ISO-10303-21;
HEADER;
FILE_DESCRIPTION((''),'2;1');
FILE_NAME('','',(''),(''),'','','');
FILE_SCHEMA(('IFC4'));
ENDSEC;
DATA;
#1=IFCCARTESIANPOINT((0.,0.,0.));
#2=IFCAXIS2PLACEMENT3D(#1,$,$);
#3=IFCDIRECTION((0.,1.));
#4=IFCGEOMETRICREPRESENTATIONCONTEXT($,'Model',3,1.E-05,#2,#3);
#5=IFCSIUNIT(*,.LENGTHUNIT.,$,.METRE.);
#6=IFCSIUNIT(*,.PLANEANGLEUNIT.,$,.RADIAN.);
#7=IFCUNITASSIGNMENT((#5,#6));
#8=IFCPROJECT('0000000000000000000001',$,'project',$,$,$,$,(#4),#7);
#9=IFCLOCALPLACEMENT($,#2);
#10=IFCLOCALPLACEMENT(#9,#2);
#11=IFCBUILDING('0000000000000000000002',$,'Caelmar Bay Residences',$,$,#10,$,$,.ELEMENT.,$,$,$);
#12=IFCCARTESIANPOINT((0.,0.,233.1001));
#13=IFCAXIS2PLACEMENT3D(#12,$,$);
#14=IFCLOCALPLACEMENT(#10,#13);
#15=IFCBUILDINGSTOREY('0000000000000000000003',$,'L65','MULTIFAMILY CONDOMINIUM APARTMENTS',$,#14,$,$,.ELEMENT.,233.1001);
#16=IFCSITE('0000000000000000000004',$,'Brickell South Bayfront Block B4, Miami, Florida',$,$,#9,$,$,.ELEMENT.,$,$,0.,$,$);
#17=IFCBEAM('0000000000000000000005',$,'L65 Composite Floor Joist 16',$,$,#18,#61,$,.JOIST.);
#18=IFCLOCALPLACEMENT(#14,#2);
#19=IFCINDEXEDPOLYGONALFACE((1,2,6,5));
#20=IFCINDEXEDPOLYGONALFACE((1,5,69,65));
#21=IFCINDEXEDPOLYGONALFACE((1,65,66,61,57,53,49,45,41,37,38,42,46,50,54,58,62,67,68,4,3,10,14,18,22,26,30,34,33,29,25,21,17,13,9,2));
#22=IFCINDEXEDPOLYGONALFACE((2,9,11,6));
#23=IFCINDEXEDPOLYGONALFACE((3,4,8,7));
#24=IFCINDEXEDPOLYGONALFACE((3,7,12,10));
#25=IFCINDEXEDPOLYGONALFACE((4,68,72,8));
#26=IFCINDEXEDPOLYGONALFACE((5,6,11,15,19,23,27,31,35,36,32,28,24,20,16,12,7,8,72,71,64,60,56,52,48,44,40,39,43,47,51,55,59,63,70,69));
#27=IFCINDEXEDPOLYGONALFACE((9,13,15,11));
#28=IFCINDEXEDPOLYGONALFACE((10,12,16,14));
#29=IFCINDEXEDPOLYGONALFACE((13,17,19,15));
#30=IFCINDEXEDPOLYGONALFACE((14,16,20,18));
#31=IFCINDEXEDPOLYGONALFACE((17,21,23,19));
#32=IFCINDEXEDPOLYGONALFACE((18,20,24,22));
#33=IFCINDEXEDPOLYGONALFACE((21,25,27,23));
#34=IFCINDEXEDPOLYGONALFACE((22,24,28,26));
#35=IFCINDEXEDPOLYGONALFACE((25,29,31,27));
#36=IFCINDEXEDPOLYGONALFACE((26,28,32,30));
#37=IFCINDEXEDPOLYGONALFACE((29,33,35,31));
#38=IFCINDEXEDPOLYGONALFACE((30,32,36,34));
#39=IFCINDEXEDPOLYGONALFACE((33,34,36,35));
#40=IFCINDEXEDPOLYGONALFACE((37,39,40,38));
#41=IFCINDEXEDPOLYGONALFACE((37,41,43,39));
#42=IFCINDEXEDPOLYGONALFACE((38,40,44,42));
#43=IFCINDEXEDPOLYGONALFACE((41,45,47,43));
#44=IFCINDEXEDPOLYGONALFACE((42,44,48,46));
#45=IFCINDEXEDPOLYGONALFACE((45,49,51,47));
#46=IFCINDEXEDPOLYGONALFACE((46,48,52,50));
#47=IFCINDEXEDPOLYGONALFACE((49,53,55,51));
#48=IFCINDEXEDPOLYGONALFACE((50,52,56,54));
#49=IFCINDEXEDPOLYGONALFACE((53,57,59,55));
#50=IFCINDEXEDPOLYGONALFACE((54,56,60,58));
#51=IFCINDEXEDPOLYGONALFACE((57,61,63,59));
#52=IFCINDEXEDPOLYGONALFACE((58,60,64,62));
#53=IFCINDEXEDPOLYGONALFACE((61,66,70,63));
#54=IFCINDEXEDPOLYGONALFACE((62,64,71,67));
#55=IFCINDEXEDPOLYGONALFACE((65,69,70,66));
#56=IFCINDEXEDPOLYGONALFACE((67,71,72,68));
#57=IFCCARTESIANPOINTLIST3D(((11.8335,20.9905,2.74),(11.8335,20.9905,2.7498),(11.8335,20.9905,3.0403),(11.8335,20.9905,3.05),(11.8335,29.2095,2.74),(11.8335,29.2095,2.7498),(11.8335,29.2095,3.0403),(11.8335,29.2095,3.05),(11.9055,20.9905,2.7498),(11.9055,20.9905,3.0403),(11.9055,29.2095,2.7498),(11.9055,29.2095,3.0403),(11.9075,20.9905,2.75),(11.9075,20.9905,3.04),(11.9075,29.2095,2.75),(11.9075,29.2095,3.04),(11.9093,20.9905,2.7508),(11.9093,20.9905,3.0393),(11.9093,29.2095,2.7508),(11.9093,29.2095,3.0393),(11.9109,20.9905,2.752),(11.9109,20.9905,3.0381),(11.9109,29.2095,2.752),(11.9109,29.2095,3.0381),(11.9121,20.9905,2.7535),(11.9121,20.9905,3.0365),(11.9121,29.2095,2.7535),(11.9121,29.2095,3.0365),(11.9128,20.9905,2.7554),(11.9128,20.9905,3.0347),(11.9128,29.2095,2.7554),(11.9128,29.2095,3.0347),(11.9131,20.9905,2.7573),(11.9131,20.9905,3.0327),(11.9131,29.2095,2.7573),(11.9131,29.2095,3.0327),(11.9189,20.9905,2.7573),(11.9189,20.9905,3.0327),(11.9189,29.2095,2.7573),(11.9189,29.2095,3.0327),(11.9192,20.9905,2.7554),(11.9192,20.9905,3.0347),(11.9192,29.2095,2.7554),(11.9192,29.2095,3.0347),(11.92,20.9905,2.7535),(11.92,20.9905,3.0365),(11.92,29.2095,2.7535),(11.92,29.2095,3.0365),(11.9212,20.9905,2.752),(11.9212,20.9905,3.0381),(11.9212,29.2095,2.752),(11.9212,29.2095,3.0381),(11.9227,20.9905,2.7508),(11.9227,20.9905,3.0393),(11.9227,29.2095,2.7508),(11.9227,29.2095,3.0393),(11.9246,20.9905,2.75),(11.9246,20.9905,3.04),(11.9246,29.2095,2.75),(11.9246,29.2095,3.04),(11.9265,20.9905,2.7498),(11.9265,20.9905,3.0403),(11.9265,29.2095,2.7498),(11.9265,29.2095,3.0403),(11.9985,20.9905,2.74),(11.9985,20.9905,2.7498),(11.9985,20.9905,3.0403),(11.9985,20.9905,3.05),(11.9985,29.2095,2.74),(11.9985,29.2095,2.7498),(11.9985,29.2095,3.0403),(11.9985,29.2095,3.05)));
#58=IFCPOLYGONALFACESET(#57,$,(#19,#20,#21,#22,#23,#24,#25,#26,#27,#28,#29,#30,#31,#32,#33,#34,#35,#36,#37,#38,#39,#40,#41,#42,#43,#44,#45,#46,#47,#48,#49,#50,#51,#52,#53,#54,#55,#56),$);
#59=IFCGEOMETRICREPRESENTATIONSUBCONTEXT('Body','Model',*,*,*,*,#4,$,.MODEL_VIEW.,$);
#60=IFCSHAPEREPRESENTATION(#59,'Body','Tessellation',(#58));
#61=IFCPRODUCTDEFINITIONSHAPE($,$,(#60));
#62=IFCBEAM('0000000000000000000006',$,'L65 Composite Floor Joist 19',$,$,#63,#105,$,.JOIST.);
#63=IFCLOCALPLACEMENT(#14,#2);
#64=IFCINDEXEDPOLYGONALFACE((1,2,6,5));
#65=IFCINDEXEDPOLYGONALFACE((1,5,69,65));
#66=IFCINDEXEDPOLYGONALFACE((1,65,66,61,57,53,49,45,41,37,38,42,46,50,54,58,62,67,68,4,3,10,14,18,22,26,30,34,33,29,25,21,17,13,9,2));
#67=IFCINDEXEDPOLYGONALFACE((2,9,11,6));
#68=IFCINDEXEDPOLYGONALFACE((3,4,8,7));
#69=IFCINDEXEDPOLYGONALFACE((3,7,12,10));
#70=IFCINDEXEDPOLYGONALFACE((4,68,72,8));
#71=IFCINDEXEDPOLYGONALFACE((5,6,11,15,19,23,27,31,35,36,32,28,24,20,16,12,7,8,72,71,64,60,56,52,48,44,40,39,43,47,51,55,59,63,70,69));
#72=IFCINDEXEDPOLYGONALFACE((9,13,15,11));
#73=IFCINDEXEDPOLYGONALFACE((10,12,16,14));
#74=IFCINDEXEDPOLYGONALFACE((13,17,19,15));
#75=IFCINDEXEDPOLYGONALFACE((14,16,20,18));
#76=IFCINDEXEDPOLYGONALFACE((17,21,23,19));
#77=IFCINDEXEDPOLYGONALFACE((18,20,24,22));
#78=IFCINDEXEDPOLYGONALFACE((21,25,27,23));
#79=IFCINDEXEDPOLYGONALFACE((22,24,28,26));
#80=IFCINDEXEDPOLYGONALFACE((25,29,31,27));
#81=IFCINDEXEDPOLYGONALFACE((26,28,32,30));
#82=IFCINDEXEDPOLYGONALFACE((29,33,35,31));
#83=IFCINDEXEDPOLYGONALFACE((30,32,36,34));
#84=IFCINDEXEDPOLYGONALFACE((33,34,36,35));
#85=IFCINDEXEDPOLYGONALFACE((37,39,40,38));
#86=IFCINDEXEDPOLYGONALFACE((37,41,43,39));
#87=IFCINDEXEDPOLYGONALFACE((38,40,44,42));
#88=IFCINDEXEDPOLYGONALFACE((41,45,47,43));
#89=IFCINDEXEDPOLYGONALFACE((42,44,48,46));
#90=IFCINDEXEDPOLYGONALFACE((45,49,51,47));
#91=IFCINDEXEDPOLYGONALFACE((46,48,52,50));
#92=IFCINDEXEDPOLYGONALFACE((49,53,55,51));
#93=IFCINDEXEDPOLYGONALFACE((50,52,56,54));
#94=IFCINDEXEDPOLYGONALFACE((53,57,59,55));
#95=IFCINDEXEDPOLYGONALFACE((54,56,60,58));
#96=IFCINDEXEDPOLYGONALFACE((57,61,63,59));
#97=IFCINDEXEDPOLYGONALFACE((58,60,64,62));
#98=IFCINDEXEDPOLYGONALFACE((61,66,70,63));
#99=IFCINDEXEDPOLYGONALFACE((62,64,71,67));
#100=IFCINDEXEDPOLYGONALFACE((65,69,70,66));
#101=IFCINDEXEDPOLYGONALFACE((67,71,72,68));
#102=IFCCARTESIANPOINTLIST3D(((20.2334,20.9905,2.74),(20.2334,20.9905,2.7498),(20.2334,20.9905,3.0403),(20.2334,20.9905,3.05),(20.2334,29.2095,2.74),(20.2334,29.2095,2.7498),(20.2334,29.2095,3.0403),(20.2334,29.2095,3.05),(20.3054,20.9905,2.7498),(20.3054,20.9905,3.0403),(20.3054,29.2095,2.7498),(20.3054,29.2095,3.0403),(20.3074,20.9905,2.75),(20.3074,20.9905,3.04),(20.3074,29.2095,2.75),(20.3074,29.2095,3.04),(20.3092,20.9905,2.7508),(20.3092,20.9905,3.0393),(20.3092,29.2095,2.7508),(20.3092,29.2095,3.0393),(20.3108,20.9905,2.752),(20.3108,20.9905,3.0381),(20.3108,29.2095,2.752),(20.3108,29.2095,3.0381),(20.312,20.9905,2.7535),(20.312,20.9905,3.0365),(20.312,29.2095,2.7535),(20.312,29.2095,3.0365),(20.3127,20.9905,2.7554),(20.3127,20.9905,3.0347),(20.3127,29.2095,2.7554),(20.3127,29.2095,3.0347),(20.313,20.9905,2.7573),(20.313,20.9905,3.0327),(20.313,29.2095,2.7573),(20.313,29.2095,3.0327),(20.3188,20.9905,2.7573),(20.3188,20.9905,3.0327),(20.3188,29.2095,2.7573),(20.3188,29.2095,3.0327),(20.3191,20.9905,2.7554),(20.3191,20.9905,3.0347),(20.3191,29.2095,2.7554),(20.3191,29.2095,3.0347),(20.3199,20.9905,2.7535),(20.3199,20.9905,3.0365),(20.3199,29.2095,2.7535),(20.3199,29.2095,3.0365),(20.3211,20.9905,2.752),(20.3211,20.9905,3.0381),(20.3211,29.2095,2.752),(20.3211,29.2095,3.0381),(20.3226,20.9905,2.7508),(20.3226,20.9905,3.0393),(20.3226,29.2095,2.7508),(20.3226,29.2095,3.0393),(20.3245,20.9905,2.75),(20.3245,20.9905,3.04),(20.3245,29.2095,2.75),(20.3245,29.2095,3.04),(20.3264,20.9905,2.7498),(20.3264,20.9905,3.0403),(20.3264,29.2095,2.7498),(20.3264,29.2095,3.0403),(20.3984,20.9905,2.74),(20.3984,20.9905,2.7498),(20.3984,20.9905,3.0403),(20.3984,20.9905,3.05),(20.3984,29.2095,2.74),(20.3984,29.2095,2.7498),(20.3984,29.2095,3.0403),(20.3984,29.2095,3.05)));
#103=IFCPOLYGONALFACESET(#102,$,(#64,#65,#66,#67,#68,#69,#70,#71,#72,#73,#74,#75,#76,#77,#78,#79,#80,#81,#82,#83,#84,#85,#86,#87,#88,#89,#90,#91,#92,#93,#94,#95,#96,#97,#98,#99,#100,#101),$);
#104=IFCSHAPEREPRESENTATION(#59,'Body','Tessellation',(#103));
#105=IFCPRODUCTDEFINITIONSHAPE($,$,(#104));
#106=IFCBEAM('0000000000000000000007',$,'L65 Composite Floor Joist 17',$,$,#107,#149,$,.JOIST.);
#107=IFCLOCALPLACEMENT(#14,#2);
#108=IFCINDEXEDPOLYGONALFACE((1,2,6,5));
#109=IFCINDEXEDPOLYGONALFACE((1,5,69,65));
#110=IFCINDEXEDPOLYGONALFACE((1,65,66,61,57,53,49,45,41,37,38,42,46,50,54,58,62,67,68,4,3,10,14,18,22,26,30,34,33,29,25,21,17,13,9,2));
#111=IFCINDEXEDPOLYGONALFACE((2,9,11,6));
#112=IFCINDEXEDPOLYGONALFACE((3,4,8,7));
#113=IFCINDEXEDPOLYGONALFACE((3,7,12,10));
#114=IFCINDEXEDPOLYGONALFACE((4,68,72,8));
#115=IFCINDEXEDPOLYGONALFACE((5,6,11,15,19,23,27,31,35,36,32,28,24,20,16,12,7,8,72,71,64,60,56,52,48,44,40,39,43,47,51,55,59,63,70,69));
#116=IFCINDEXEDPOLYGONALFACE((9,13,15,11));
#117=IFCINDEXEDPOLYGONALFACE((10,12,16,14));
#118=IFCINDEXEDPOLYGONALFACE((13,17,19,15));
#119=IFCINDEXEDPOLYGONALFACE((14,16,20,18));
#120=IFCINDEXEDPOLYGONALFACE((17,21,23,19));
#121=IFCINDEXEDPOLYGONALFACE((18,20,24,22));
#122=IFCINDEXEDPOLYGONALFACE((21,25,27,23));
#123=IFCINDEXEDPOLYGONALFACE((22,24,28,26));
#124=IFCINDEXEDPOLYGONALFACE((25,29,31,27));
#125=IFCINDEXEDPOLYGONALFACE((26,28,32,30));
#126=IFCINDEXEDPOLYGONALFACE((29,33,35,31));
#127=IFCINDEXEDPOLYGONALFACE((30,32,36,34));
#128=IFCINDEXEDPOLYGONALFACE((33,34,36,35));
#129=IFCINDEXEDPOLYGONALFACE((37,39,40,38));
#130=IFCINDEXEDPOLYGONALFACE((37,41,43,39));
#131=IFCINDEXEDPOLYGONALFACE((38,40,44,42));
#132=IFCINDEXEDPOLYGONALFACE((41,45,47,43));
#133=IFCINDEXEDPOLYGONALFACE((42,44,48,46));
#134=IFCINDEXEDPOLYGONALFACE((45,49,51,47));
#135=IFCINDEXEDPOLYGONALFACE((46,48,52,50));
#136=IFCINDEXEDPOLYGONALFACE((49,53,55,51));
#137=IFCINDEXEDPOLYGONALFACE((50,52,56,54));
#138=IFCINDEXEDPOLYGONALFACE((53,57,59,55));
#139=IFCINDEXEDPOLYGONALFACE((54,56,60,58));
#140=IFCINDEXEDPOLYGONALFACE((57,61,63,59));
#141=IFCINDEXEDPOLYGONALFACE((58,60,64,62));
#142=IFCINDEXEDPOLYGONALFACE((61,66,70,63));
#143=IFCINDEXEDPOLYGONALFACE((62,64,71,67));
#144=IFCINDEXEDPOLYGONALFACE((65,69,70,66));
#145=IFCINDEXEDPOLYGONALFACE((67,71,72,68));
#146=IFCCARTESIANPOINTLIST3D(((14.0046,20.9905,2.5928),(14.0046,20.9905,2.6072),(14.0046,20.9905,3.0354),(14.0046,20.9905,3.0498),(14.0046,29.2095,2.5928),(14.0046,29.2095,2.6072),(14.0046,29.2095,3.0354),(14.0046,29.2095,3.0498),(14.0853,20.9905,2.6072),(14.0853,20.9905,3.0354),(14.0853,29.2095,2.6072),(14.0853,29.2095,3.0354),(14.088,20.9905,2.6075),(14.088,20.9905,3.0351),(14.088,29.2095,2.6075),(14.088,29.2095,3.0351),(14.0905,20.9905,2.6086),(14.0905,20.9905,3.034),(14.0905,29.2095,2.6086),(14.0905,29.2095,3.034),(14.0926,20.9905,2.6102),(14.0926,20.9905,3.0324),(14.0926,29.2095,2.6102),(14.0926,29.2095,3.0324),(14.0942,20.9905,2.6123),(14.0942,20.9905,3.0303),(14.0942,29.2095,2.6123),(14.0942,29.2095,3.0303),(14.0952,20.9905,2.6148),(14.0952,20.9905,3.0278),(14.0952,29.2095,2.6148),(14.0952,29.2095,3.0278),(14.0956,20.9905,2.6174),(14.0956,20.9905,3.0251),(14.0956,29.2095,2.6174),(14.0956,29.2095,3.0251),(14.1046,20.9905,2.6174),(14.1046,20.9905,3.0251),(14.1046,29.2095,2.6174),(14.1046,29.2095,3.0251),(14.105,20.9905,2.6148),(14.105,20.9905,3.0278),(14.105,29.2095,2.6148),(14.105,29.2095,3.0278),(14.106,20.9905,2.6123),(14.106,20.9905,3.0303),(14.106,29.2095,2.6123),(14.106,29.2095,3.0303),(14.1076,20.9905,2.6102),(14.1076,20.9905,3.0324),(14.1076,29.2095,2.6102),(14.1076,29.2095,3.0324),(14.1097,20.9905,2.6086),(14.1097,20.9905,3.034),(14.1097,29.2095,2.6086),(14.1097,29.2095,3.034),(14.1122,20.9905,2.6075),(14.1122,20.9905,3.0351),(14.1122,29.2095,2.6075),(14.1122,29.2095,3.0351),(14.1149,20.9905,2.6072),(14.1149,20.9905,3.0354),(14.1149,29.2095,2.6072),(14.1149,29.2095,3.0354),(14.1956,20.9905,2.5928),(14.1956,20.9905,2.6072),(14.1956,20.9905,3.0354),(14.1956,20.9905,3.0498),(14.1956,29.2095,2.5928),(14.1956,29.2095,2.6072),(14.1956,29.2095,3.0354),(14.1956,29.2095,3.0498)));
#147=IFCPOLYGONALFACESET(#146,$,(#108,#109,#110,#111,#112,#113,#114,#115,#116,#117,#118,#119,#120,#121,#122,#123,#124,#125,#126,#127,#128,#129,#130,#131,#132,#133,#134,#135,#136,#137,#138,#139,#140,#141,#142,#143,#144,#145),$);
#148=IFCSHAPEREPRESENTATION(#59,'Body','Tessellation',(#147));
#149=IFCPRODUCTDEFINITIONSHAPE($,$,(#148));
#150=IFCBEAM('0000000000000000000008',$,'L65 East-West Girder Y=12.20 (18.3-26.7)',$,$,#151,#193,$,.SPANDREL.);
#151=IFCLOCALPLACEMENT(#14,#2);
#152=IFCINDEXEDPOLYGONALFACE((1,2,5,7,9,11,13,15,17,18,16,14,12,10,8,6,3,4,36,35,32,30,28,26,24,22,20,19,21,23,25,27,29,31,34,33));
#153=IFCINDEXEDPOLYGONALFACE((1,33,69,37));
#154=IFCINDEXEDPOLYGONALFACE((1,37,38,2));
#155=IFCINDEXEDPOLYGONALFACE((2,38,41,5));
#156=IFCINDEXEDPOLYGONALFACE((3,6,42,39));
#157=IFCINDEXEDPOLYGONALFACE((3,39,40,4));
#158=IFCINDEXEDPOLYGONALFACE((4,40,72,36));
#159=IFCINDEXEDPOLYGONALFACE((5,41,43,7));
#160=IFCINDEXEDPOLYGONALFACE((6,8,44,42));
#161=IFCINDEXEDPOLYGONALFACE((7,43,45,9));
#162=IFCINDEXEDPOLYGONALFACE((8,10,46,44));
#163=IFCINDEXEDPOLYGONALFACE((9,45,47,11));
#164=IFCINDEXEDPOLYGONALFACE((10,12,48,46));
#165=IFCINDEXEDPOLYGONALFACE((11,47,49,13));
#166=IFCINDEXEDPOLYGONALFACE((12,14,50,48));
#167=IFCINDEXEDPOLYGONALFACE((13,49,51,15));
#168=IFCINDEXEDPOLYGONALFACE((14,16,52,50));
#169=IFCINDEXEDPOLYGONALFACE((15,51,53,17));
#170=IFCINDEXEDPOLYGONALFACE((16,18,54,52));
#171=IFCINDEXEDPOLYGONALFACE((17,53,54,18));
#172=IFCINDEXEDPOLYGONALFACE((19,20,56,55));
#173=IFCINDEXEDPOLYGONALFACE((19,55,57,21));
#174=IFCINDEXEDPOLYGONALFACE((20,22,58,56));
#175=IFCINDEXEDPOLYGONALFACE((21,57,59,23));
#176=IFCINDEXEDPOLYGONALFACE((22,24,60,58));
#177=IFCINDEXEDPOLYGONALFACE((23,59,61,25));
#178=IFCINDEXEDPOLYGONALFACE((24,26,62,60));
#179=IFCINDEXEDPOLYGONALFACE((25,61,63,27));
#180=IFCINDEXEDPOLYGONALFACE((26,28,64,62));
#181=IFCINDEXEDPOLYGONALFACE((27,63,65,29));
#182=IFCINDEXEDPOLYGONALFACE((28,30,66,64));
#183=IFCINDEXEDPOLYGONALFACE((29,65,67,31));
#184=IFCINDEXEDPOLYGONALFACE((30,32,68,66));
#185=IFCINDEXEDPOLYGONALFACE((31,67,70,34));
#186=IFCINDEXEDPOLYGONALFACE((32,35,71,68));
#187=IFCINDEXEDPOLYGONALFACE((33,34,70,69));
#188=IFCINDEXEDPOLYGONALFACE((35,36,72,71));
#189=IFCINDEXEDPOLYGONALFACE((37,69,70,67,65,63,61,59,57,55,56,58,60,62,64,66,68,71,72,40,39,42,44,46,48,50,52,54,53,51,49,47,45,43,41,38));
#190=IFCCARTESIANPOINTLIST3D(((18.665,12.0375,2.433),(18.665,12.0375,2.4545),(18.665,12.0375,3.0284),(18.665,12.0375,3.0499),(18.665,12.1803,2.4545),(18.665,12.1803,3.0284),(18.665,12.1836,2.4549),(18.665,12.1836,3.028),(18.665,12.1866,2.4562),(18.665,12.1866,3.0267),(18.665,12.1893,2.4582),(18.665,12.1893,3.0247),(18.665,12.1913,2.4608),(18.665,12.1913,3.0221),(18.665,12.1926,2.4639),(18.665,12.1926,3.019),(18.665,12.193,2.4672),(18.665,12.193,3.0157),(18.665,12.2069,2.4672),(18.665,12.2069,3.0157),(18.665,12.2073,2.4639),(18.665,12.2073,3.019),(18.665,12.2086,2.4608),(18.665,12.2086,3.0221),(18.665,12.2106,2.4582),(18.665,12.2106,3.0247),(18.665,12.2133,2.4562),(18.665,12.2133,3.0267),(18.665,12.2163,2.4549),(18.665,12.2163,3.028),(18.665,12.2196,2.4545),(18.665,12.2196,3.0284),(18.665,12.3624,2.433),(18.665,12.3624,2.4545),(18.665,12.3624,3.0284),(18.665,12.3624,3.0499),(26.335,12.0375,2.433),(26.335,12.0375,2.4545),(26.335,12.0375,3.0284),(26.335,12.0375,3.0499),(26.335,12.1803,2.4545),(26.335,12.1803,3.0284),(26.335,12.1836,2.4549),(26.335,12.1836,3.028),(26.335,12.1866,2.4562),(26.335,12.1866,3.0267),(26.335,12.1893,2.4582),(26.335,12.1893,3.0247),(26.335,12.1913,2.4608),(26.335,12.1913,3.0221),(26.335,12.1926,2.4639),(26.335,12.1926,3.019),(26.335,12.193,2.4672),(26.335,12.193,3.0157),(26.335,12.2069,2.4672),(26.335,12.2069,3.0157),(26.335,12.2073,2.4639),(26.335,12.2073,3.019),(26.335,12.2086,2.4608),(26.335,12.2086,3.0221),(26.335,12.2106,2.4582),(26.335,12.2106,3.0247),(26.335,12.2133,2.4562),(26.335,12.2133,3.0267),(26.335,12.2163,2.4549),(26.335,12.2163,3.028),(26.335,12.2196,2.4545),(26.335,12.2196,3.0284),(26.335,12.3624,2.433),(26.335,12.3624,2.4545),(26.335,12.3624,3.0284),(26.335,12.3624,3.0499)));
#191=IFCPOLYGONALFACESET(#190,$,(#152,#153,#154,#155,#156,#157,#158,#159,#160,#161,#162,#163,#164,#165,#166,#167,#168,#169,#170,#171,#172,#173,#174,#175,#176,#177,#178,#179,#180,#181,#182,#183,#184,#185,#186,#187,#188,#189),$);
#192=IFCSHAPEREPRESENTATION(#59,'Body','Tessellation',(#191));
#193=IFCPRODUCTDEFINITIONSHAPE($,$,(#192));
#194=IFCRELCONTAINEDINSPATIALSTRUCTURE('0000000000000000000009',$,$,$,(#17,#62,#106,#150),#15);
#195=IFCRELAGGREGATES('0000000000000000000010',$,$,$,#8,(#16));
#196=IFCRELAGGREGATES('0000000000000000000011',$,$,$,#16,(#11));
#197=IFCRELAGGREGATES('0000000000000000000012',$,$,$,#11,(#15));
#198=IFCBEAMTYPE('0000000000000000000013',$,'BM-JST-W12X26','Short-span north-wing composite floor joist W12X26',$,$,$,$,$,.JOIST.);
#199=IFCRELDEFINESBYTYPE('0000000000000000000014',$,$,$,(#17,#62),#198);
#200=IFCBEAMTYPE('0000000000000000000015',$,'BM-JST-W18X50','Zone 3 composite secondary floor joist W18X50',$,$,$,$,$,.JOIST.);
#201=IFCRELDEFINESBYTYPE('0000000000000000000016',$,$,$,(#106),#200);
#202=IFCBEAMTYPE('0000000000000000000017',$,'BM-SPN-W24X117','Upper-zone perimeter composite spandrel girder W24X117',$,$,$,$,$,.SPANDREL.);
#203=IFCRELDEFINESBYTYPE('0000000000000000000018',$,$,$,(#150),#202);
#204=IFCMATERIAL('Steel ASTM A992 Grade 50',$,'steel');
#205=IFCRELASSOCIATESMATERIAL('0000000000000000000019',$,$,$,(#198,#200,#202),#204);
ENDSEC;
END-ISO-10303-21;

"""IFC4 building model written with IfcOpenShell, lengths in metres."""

from ifc_helpers import new_model, si_unit, direction, frame, origin, origin_2d, place, context, subcontext, project, spatial, i_section, extrude, material, material_profile, profile_set, type_object, element, save


model = new_model("IFC4")

# Units and contexts
model_context = context("Model", 3, precision=1e-05, world=origin(), true_north=direction((0.0, 1.0)))
body_context = subcontext(model_context, "Body", "Model", "MODEL_VIEW")
ifc_project = project(units=[si_unit("LENGTHUNIT", "METRE"), si_unit("PLANEANGLEUNIT", "RADIAN")], contexts=[model_context])

# Site, building, storey
site_placement = place(None, origin())
site = spatial("IfcSite", under=ifc_project, at=site_placement, Name="Brickell South Bayfront Block B4, Miami, Florida", CompositionType="ELEMENT", RefElevation=0.0)
building_placement = place(site_placement, origin())
building = spatial("IfcBuilding", under=site, at=building_placement, Name="Caelmar Bay Residences", CompositionType="ELEMENT")
storey_placement = place(building_placement, frame((0.0, 0.0, 233.1001)))
storey = spatial("IfcBuildingStorey", under=building, at=storey_placement, Name="L65", Description="MULTIFAMILY CONDOMINIUM APARTMENTS", CompositionType="ELEMENT", Elevation=233.1001)

# Beams
ifc_material_1 = material(Name="Steel ASTM A992 Grade 50", Category="steel")
ifc_material_profile_1 = material_profile(ifc_material_1, i_section(OverallWidth=0.165, OverallDepth=0.3101, WebThickness=0.0059, FlangeThickness=0.0098, FilletRadius=0.0076, at=origin_2d()), Name="W12X26")
ifc_profile_set_1 = profile_set([ifc_material_profile_1], Name="Steel ASTM A992 Grade 50")
beam_type_1 = type_object("IfcBeamType", Name="BM-JST-W12X26", Description="Short-span north-wing composite floor joist W12X26", PredefinedType="JOIST", material=ifc_profile_set_1)
for number, where, z_axis, x_axis, name in (
    (1, (11.916, 20.9905, 2.895), (0.0, 1.0, 0.0), (-1.0, 0.0, 0.0), "L65 Composite Floor Joist 16"),
    (2, (20.3159, 20.9905, 2.895), (0.0, 1.0, 0.0), (-1.0, 0.0, 0.0), "L65 Composite Floor Joist 19"),
):
    element("IfcBeam", number, at=place(storey_placement, frame(where, z_axis=z_axis, x_axis=x_axis)), inside=storey, type_object=beam_type_1, Name=name, PredefinedType="JOIST", context=body_context, shape_type="SweptSolid", body=[
        extrude(i_section(OverallWidth=0.165, OverallDepth=0.3101, WebThickness=0.0059, FlangeThickness=0.0098, FilletRadius=0.0076, at=origin_2d()), origin(), (0.0, 0.0, 1.0), 8.219),
    ])
ifc_material_profile_2 = material_profile(ifc_material_1, i_section(OverallWidth=0.1909, OverallDepth=0.457, WebThickness=0.009, FlangeThickness=0.0144, FilletRadius=0.0103, at=origin_2d()), Name="W18X50")
ifc_profile_set_2 = profile_set([ifc_material_profile_2], Name="Steel ASTM A992 Grade 50")
beam_type_2 = type_object("IfcBeamType", Name="BM-JST-W18X50", Description="Zone 3 composite secondary floor joist W18X50", PredefinedType="JOIST", material=ifc_profile_set_2)
beam_1_placement = place(storey_placement, frame((14.1001, 20.9905, 2.8213), z_axis=(0.0, 1.0, 0.0), x_axis=(-1.0, 0.0, 0.0)))
element("IfcBeam", 3, at=beam_1_placement, inside=storey, type_object=beam_type_2, Name="L65 Composite Floor Joist 17", PredefinedType="JOIST", context=body_context, shape_type="SweptSolid", body=[
    extrude(i_section(OverallWidth=0.1909, OverallDepth=0.457, WebThickness=0.009, FlangeThickness=0.0144, FilletRadius=0.0103, at=origin_2d()), origin(), (0.0, 0.0, 1.0), 8.219),
])
ifc_material_profile_3 = material_profile(ifc_material_1, i_section(OverallWidth=0.325, OverallDepth=0.6169, WebThickness=0.0139, FlangeThickness=0.0215, FilletRadius=0.0127, at=origin_2d()), Name="W24X117")
ifc_profile_set_3 = profile_set([ifc_material_profile_3], Name="Steel ASTM A992 Grade 50")
beam_type_3 = type_object("IfcBeamType", Name="BM-SPN-W24X117", Description="Upper-zone perimeter composite spandrel girder W24X117", PredefinedType="SPANDREL", material=ifc_profile_set_3)
beam_2_placement = place(storey_placement, frame((18.665, 12.2, 2.7415), z_axis=(1.0, 0.0, 0.0), x_axis=(0.0, 1.0, 0.0)))
element("IfcBeam", 4, at=beam_2_placement, inside=storey, type_object=beam_type_3, Name="L65 East-West Girder Y=12.20 (18.3-26.7)", PredefinedType="SPANDREL", context=body_context, shape_type="SweptSolid", body=[
    extrude(i_section(OverallWidth=0.325, OverallDepth=0.6169, WebThickness=0.0139, FlangeThickness=0.0215, FilletRadius=0.0127, at=origin_2d()), origin(), (0.0, 0.0, 1.0), 7.6699),
])

save(model, "model.ifc")
